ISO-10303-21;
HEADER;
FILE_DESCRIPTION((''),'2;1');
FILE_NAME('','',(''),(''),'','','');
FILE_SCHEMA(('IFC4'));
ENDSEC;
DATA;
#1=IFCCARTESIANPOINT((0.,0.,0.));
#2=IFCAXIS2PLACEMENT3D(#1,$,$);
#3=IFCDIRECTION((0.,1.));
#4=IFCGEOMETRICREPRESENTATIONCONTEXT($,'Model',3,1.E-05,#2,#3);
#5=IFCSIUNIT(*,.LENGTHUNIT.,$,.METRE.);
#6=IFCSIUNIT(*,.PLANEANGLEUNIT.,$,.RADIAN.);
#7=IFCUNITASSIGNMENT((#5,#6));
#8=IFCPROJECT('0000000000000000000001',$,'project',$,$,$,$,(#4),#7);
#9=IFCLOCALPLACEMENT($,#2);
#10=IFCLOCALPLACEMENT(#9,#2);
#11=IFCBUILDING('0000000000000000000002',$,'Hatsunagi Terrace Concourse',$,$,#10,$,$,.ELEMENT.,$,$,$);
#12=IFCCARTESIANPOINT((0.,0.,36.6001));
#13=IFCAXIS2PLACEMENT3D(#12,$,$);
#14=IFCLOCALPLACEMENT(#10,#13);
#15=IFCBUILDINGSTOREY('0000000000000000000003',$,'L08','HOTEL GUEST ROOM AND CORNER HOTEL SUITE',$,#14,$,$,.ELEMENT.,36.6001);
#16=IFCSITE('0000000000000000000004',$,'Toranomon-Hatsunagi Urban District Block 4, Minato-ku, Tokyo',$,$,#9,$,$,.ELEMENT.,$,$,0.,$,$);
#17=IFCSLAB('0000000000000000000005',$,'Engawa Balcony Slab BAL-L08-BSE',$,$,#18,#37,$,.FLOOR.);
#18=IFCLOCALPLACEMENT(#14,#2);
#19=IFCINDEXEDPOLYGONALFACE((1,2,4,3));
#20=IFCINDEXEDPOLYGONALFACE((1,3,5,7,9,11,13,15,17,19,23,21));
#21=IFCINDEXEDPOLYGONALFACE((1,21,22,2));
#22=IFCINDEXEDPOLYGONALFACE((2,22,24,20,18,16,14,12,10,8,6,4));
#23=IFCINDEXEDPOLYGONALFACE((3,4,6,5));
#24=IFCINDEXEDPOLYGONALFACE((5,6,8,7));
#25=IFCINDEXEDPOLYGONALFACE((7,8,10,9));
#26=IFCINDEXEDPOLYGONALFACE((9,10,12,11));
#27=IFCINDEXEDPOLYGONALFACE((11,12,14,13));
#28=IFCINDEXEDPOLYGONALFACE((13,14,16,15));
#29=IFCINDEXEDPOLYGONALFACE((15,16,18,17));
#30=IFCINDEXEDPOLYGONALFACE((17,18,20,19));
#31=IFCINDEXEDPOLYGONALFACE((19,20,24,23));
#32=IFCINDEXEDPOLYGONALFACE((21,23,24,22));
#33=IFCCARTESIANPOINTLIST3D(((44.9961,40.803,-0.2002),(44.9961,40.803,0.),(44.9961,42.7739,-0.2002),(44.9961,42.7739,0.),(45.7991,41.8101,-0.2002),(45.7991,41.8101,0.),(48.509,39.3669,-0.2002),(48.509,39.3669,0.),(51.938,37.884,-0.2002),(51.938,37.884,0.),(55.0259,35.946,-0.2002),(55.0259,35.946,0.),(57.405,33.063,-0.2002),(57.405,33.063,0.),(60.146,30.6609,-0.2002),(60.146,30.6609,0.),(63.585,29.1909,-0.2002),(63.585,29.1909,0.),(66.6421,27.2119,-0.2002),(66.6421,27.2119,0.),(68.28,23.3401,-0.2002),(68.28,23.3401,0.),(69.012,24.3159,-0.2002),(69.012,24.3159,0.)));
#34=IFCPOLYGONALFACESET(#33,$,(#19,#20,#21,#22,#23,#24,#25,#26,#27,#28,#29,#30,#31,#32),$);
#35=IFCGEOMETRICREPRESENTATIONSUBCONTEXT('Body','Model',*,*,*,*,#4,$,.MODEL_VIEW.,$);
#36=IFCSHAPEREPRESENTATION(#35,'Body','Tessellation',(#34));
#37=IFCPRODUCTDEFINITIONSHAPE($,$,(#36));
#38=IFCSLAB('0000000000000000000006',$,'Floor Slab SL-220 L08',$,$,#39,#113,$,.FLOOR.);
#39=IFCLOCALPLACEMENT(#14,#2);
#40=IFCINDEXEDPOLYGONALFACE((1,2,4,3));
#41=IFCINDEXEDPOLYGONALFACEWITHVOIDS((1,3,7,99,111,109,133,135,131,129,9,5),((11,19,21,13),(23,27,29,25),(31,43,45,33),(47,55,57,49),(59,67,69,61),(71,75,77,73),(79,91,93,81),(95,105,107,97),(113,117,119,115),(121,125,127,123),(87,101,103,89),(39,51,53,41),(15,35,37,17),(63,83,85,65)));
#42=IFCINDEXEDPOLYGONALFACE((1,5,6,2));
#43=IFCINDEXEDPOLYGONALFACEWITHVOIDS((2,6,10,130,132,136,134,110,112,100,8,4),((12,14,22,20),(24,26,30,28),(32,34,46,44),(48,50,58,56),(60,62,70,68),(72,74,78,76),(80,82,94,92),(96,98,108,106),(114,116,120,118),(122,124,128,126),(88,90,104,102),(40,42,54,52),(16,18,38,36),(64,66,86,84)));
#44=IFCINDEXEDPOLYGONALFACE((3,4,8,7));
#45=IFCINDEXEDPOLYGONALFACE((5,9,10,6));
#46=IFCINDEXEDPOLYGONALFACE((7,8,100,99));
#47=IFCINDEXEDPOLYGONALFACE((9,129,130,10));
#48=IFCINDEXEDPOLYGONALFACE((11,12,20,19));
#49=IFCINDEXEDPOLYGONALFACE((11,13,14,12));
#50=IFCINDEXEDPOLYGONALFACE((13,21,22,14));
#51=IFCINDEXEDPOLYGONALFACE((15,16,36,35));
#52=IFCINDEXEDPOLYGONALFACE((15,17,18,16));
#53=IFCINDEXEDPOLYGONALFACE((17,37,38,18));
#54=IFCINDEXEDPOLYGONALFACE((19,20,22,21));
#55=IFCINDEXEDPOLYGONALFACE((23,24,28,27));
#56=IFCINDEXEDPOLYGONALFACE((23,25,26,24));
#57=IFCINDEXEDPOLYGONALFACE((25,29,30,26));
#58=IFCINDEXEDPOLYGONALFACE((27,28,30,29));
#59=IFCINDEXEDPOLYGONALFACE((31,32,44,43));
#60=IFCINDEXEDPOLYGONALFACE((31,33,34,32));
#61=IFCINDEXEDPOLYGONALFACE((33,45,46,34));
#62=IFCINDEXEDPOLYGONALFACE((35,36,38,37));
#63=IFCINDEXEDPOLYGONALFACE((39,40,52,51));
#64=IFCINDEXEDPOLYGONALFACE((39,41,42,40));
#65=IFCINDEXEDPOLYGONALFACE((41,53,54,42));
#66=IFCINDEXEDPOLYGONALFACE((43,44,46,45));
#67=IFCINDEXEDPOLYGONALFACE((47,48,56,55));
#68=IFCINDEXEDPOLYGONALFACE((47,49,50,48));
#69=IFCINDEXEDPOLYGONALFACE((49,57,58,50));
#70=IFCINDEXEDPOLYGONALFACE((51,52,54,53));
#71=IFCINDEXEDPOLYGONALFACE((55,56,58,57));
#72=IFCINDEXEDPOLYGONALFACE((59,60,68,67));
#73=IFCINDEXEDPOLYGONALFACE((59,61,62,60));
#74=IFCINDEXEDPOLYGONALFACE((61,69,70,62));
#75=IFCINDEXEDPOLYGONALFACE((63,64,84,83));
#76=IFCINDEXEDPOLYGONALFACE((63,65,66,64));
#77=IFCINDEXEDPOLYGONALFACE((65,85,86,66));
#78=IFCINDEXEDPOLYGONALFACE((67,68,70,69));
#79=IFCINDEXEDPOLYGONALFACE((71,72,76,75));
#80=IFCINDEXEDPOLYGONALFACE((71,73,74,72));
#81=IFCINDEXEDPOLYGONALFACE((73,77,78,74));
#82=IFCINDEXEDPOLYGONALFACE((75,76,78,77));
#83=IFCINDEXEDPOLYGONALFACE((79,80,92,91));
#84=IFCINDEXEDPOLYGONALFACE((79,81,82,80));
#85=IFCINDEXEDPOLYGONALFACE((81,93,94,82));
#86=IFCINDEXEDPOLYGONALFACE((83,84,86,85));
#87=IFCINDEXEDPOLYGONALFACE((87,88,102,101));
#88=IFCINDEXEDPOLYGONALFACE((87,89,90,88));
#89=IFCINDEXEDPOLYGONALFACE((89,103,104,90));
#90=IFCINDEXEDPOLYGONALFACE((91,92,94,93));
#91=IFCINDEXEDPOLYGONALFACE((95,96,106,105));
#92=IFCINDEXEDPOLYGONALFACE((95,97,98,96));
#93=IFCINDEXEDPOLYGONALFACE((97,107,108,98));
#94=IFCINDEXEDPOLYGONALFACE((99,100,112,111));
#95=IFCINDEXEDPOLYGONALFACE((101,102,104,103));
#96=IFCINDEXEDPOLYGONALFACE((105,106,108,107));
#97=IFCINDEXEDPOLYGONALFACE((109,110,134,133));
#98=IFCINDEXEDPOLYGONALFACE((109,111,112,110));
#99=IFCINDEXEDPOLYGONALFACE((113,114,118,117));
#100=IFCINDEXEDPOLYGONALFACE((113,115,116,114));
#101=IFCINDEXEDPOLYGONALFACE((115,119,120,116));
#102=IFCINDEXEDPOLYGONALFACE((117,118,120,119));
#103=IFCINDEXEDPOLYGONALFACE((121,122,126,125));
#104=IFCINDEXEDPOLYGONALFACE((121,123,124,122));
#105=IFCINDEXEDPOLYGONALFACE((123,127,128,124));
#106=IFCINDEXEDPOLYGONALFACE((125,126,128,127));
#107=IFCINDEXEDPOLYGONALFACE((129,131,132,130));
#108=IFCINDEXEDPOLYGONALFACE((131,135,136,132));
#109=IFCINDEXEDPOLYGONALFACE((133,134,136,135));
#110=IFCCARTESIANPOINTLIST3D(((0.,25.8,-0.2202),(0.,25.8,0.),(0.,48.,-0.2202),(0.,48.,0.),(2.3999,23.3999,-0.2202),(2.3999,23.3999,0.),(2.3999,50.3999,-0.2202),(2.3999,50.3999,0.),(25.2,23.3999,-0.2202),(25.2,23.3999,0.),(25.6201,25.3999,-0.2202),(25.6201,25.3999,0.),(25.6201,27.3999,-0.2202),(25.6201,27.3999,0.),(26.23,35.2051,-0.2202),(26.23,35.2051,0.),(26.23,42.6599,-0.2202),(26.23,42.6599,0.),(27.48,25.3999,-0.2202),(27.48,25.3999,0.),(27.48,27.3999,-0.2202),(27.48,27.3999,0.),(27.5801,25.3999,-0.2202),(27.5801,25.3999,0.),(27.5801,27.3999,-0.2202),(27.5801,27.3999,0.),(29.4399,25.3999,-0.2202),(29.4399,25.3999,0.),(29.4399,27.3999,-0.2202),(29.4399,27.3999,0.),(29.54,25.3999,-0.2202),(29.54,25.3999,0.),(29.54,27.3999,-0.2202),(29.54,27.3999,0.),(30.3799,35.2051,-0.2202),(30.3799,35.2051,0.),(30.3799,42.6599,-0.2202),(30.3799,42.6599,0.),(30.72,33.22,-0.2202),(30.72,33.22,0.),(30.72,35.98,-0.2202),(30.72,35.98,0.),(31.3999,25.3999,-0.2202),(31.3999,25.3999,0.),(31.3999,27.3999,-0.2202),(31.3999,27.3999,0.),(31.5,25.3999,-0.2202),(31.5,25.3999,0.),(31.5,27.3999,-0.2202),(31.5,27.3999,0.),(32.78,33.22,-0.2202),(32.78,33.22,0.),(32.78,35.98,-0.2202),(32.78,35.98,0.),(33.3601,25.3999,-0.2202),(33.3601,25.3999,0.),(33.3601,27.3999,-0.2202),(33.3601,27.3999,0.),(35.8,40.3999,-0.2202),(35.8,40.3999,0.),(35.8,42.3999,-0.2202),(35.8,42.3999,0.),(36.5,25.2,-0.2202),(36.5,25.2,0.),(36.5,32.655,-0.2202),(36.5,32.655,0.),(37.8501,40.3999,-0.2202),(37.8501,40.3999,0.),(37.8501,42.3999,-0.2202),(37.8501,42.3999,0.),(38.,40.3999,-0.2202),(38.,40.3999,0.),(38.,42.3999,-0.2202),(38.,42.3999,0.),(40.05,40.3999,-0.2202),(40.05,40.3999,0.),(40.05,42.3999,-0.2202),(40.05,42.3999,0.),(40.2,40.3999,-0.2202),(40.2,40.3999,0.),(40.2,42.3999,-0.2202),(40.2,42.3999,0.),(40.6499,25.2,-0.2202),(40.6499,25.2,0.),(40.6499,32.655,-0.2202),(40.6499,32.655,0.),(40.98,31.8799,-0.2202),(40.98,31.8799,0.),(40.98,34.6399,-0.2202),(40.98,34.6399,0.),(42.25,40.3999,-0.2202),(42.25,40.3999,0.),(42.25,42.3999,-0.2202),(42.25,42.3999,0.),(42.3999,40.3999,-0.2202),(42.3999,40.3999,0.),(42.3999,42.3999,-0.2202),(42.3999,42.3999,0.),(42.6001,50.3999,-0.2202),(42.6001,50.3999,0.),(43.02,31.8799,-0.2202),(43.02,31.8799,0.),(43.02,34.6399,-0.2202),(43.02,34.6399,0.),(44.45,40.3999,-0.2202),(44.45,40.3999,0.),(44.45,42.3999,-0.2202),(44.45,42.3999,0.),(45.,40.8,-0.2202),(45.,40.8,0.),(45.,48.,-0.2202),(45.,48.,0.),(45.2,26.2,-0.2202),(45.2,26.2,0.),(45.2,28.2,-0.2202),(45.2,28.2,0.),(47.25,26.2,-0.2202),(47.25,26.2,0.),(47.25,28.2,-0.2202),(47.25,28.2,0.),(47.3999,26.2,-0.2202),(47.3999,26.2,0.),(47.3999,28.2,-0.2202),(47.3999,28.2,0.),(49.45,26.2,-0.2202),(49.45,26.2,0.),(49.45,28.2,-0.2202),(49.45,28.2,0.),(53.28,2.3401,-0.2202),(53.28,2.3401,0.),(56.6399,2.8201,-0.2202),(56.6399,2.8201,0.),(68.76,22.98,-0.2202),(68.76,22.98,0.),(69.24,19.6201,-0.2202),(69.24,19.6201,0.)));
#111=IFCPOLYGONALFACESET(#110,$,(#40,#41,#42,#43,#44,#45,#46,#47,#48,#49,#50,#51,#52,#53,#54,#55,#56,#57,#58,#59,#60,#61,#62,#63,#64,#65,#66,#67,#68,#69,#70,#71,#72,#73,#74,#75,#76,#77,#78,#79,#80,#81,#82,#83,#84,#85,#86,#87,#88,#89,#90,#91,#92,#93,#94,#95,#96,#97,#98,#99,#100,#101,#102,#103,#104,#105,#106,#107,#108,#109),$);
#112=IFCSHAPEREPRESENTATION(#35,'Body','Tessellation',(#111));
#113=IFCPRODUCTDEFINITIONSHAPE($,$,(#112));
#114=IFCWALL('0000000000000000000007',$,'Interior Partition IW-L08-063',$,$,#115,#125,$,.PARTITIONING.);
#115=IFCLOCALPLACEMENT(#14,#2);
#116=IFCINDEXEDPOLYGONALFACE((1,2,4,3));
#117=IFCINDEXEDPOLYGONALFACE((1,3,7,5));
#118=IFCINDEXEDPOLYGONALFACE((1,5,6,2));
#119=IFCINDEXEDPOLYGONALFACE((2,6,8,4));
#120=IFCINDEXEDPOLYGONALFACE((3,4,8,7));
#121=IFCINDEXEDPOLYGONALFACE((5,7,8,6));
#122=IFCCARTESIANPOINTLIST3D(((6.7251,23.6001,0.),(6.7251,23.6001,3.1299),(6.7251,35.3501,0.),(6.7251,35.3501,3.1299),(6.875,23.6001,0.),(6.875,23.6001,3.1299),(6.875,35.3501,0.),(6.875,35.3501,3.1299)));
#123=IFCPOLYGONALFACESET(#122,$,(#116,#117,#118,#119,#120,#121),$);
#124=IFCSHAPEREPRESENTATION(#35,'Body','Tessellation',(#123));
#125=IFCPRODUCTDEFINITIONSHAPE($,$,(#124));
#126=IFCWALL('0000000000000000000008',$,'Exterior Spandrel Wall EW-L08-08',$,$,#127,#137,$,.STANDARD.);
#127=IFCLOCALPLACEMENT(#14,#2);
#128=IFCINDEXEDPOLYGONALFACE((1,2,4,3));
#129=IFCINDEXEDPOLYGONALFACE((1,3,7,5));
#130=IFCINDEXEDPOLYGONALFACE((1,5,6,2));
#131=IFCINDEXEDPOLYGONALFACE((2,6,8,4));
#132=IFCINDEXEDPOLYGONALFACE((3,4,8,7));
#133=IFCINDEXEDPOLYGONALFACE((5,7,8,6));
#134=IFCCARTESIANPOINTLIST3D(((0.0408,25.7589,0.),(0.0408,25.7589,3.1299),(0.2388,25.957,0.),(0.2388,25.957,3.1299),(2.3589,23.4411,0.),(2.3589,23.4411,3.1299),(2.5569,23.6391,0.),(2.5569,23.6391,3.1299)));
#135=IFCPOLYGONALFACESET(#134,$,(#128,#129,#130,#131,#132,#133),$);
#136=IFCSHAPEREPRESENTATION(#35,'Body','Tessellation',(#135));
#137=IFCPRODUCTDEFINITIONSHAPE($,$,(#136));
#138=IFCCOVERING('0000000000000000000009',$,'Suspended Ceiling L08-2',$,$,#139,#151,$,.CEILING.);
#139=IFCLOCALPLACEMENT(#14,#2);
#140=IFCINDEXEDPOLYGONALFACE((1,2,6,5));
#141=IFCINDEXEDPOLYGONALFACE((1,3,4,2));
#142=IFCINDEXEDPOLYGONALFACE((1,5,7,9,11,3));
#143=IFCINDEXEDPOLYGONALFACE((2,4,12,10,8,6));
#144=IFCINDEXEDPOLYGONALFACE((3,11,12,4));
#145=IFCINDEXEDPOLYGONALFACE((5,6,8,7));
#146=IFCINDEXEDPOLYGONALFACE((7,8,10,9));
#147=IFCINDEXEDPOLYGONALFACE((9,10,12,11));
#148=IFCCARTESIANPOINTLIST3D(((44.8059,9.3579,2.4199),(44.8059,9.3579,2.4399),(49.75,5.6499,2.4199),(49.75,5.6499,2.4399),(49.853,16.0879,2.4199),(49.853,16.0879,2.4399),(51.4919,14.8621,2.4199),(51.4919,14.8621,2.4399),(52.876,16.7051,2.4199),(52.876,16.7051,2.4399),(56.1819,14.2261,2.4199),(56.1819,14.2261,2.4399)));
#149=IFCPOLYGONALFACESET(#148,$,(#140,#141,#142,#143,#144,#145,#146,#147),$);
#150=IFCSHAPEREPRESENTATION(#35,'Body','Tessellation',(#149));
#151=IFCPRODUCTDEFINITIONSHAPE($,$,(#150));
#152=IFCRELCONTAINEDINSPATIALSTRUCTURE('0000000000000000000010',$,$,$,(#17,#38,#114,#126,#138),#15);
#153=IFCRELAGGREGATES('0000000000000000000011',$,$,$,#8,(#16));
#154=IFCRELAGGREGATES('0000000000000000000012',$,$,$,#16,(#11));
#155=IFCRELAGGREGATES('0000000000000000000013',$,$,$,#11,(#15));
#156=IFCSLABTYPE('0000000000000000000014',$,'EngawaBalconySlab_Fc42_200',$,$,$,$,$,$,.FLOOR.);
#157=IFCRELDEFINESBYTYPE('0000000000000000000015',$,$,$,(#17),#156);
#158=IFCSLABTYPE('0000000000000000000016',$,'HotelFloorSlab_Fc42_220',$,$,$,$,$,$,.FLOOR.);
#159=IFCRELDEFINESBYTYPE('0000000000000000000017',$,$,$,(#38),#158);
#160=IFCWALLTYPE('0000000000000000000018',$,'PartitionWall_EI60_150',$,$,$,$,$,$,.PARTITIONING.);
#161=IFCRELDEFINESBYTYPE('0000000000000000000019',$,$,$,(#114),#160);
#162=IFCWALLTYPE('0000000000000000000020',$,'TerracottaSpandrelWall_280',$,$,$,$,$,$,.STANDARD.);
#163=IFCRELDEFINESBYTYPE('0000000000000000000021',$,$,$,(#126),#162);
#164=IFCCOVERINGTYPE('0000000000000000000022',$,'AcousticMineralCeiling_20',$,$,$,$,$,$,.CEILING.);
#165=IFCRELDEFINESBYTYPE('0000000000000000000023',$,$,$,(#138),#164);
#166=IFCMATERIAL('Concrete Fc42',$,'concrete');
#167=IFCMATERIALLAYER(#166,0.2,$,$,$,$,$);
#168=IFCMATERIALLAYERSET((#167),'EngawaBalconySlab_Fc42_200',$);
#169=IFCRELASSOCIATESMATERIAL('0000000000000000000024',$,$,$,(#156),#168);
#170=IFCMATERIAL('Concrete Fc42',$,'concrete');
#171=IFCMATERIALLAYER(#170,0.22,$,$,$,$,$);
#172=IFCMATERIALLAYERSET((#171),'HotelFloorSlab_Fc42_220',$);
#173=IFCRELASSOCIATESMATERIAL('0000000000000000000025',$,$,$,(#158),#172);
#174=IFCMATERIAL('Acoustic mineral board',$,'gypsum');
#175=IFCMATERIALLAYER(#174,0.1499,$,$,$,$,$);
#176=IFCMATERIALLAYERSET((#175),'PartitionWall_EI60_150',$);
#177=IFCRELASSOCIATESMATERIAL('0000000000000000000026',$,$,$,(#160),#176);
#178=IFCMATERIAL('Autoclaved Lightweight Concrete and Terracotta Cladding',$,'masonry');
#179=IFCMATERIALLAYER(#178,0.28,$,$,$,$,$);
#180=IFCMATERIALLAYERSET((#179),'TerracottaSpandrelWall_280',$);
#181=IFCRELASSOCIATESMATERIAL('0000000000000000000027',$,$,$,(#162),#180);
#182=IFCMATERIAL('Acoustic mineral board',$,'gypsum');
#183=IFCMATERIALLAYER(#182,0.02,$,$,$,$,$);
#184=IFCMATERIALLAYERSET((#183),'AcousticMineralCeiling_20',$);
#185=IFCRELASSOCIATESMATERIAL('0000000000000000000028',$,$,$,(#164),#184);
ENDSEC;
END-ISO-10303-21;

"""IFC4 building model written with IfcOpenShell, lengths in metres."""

from ifc_helpers import new_model, si_unit, direction, frame, frame_2d, origin, place, context, subcontext, project, spatial, polyline, rectangle, outline, extrude, material, layer, layer_set, type_object, element, save


model = new_model("IFC4")

# Units and contexts
model_context = context("Model", 3, precision=1e-05, world=origin(), true_north=direction((0.0, 1.0)))
body_context = subcontext(model_context, "Body", "Model", "MODEL_VIEW")
ifc_project = project(units=[si_unit("LENGTHUNIT", "METRE"), si_unit("PLANEANGLEUNIT", "RADIAN")], contexts=[model_context])

# Site, building, storey
site_placement = place(None, origin())
site = spatial("IfcSite", under=ifc_project, at=site_placement, Name="Toranomon-Hatsunagi Urban District Block 4, Minato-ku, Tokyo", CompositionType="ELEMENT", RefElevation=0.0)
building_placement = place(site_placement, origin())
building = spatial("IfcBuilding", under=site, at=building_placement, Name="Hatsunagi Terrace Concourse", CompositionType="ELEMENT")
storey_placement = place(building_placement, frame((0.0, 0.0, 36.6001)))
storey = spatial("IfcBuildingStorey", under=building, at=storey_placement, Name="L08", Description="HOTEL GUEST ROOM AND CORNER HOTEL SUITE", CompositionType="ELEMENT", Elevation=36.6001)

# Slabs
ifc_material_1 = material(Name="Concrete Fc42", Category="concrete")
ifc_layer_1 = layer(ifc_material_1, 0.2)
ifc_layer_set_1 = layer_set([ifc_layer_1], Name="EngawaBalconySlab_Fc42_200")
slab_type_1 = type_object("IfcSlabType", Name="EngawaBalconySlab_Fc42_200", PredefinedType="FLOOR", material=ifc_layer_set_1)
slab_1_placement = place(storey_placement, frame((0.0, 0.0, -0.2002)))
element("IfcSlab", 1, at=slab_1_placement, inside=storey, type_object=slab_type_1, Name="Engawa Balcony Slab BAL-L08-BSE", PredefinedType="FLOOR", context=body_context, shape_type="SweptSolid", body=[
    extrude(outline(polyline([(45.7991, 41.8101), (44.9961, 42.7739), (44.9961, 40.803), (68.28, 23.3401), (69.012, 24.3159), (66.6421, 27.2119), (63.585, 29.1909), (60.146, 30.6609), (57.405, 33.063), (55.0259, 35.946), (51.938, 37.884), (48.509, 39.3669), (45.7991, 41.8101)])), origin(), (0.0, 0.0, 1.0), 0.2002),
])
ifc_material_2 = material(Name="Concrete Fc42", Category="concrete")
ifc_layer_2 = layer(ifc_material_2, 0.22)
ifc_layer_set_2 = layer_set([ifc_layer_2], Name="HotelFloorSlab_Fc42_220")
slab_type_2 = type_object("IfcSlabType", Name="HotelFloorSlab_Fc42_220", PredefinedType="FLOOR", material=ifc_layer_set_2)
slab_2_placement = place(storey_placement, frame((0.0, 0.0, -0.2202)))
element("IfcSlab", 2, at=slab_2_placement, inside=storey, type_object=slab_type_2, Name="Floor Slab SL-220 L08", PredefinedType="FLOOR", context=body_context, shape_type="SweptSolid", body=[
    extrude(outline(polyline([(45.0, 40.8), (45.0, 48.0), (42.6001, 50.3999), (2.3999, 50.3999), (0.0, 48.0), (0.0, 25.8), (2.3999, 23.3999), (25.2, 23.3999), (53.28, 2.3401), (56.6399, 2.8201), (69.24, 19.6201), (68.76, 22.98), (45.0, 40.8)]), holes=[polyline([(26.23, 35.2051), (30.3799, 35.2051), (30.3799, 42.6599), (26.23, 42.6599), (26.23, 35.2051)]), polyline([(36.5, 25.2), (40.6499, 25.2), (40.6499, 32.655), (36.5, 32.655), (36.5, 25.2)]), polyline([(30.72, 33.22), (32.78, 33.22), (32.78, 35.98), (30.72, 35.98), (30.72, 33.22)]), polyline([(40.98, 31.8799), (43.02, 31.8799), (43.02, 34.6399), (40.98, 34.6399), (40.98, 31.8799)]), polyline([(25.6201, 25.3999), (27.48, 25.3999), (27.48, 27.3999), (25.6201, 27.3999), (25.6201, 25.3999)]), polyline([(27.5801, 25.3999), (29.4399, 25.3999), (29.4399, 27.3999), (27.5801, 27.3999), (27.5801, 25.3999)]), polyline([(29.54, 25.3999), (31.3999, 25.3999), (31.3999, 27.3999), (29.54, 27.3999), (29.54, 25.3999)]), polyline([(31.5, 25.3999), (33.3601, 25.3999), (33.3601, 27.3999), (31.5, 27.3999), (31.5, 25.3999)]), polyline([(35.8, 40.3999), (37.8501, 40.3999), (37.8501, 42.3999), (35.8, 42.3999), (35.8, 40.3999)]), polyline([(38.0, 40.3999), (40.05, 40.3999), (40.05, 42.3999), (38.0, 42.3999), (38.0, 40.3999)]), polyline([(40.2, 40.3999), (42.25, 40.3999), (42.25, 42.3999), (40.2, 42.3999), (40.2, 40.3999)]), polyline([(42.3999, 40.3999), (44.45, 40.3999), (44.45, 42.3999), (42.3999, 42.3999), (42.3999, 40.3999)]), polyline([(45.2, 26.2), (47.25, 26.2), (47.25, 28.2), (45.2, 28.2), (45.2, 26.2)]), polyline([(47.3999, 26.2), (49.45, 26.2), (49.45, 28.2), (47.3999, 28.2), (47.3999, 26.2)])]), origin(), (0.0, 0.0, 1.0), 0.2202),
])

# Walls
ifc_material_3 = material(Name="Acoustic mineral board", Category="gypsum")
ifc_layer_3 = layer(ifc_material_3, 0.1499)
ifc_layer_set_3 = layer_set([ifc_layer_3], Name="PartitionWall_EI60_150")
wall_type_1 = type_object("IfcWallType", Name="PartitionWall_EI60_150", PredefinedType="PARTITIONING", material=ifc_layer_set_3)
wall_1_placement = place(storey_placement, frame((6.8, 23.6001, 0.0), z_axis=(0.0, 0.0, 1.0), x_axis=(0.0, 1.0, 0.0)))
element("IfcWall", 3, at=wall_1_placement, inside=storey, type_object=wall_type_1, Name="Interior Partition IW-L08-063", PredefinedType="PARTITIONING", context=body_context, shape_type="SweptSolid", body=[
    extrude(rectangle(XDim=11.75, YDim=0.1499, at=frame_2d((5.875, 0.0))), origin(), (0.0, 0.0, 1.0), 3.1299),
])
ifc_material_4 = material(Name="Autoclaved Lightweight Concrete and Terracotta Cladding", Category="masonry")
ifc_layer_4 = layer(ifc_material_4, 0.28)
ifc_layer_set_4 = layer_set([ifc_layer_4], Name="TerracottaSpandrelWall_280")
wall_type_2 = type_object("IfcWallType", Name="TerracottaSpandrelWall_280", PredefinedType="STANDARD", material=ifc_layer_set_4)
wall_2_placement = place(storey_placement, frame((2.458, 23.54, 0.0), z_axis=(0.0, 0.0, 1.0), x_axis=(-0.707144, 0.70707, 0.0)))
element("IfcWall", 4, at=wall_2_placement, inside=storey, type_object=wall_type_2, Name="Exterior Spandrel Wall EW-L08-08", PredefinedType="STANDARD", context=body_context, shape_type="SweptSolid", body=[
    extrude(rectangle(XDim=3.2781, YDim=0.28, at=frame_2d((1.6392, 0.0))), origin(), (0.0, 0.0, 1.0), 3.1299),
])

# Covering
ifc_material_5 = material(Name="Acoustic mineral board", Category="gypsum")
ifc_layer_5 = layer(ifc_material_5, 0.02)
ifc_layer_set_5 = layer_set([ifc_layer_5], Name="AcousticMineralCeiling_20")
covering_type_1 = type_object("IfcCoveringType", Name="AcousticMineralCeiling_20", PredefinedType="CEILING", material=ifc_layer_set_5)
covering_1_placement = place(storey_placement, frame((0.0, 0.0, 2.4199)))
element("IfcCovering", 5, at=covering_1_placement, inside=storey, type_object=covering_type_1, Name="Suspended Ceiling L08-2", PredefinedType="CEILING", context=body_context, shape_type="SweptSolid", body=[
    extrude(outline(polyline([(49.75, 5.6499), (56.1819, 14.2261), (52.876, 16.7051), (51.4919, 14.8621), (49.853, 16.0879), (44.8059, 9.3579), (49.75, 5.6499)])), origin(), (0.0, 0.0, 1.0), 0.02),
])

save(model, "model.ifc")
